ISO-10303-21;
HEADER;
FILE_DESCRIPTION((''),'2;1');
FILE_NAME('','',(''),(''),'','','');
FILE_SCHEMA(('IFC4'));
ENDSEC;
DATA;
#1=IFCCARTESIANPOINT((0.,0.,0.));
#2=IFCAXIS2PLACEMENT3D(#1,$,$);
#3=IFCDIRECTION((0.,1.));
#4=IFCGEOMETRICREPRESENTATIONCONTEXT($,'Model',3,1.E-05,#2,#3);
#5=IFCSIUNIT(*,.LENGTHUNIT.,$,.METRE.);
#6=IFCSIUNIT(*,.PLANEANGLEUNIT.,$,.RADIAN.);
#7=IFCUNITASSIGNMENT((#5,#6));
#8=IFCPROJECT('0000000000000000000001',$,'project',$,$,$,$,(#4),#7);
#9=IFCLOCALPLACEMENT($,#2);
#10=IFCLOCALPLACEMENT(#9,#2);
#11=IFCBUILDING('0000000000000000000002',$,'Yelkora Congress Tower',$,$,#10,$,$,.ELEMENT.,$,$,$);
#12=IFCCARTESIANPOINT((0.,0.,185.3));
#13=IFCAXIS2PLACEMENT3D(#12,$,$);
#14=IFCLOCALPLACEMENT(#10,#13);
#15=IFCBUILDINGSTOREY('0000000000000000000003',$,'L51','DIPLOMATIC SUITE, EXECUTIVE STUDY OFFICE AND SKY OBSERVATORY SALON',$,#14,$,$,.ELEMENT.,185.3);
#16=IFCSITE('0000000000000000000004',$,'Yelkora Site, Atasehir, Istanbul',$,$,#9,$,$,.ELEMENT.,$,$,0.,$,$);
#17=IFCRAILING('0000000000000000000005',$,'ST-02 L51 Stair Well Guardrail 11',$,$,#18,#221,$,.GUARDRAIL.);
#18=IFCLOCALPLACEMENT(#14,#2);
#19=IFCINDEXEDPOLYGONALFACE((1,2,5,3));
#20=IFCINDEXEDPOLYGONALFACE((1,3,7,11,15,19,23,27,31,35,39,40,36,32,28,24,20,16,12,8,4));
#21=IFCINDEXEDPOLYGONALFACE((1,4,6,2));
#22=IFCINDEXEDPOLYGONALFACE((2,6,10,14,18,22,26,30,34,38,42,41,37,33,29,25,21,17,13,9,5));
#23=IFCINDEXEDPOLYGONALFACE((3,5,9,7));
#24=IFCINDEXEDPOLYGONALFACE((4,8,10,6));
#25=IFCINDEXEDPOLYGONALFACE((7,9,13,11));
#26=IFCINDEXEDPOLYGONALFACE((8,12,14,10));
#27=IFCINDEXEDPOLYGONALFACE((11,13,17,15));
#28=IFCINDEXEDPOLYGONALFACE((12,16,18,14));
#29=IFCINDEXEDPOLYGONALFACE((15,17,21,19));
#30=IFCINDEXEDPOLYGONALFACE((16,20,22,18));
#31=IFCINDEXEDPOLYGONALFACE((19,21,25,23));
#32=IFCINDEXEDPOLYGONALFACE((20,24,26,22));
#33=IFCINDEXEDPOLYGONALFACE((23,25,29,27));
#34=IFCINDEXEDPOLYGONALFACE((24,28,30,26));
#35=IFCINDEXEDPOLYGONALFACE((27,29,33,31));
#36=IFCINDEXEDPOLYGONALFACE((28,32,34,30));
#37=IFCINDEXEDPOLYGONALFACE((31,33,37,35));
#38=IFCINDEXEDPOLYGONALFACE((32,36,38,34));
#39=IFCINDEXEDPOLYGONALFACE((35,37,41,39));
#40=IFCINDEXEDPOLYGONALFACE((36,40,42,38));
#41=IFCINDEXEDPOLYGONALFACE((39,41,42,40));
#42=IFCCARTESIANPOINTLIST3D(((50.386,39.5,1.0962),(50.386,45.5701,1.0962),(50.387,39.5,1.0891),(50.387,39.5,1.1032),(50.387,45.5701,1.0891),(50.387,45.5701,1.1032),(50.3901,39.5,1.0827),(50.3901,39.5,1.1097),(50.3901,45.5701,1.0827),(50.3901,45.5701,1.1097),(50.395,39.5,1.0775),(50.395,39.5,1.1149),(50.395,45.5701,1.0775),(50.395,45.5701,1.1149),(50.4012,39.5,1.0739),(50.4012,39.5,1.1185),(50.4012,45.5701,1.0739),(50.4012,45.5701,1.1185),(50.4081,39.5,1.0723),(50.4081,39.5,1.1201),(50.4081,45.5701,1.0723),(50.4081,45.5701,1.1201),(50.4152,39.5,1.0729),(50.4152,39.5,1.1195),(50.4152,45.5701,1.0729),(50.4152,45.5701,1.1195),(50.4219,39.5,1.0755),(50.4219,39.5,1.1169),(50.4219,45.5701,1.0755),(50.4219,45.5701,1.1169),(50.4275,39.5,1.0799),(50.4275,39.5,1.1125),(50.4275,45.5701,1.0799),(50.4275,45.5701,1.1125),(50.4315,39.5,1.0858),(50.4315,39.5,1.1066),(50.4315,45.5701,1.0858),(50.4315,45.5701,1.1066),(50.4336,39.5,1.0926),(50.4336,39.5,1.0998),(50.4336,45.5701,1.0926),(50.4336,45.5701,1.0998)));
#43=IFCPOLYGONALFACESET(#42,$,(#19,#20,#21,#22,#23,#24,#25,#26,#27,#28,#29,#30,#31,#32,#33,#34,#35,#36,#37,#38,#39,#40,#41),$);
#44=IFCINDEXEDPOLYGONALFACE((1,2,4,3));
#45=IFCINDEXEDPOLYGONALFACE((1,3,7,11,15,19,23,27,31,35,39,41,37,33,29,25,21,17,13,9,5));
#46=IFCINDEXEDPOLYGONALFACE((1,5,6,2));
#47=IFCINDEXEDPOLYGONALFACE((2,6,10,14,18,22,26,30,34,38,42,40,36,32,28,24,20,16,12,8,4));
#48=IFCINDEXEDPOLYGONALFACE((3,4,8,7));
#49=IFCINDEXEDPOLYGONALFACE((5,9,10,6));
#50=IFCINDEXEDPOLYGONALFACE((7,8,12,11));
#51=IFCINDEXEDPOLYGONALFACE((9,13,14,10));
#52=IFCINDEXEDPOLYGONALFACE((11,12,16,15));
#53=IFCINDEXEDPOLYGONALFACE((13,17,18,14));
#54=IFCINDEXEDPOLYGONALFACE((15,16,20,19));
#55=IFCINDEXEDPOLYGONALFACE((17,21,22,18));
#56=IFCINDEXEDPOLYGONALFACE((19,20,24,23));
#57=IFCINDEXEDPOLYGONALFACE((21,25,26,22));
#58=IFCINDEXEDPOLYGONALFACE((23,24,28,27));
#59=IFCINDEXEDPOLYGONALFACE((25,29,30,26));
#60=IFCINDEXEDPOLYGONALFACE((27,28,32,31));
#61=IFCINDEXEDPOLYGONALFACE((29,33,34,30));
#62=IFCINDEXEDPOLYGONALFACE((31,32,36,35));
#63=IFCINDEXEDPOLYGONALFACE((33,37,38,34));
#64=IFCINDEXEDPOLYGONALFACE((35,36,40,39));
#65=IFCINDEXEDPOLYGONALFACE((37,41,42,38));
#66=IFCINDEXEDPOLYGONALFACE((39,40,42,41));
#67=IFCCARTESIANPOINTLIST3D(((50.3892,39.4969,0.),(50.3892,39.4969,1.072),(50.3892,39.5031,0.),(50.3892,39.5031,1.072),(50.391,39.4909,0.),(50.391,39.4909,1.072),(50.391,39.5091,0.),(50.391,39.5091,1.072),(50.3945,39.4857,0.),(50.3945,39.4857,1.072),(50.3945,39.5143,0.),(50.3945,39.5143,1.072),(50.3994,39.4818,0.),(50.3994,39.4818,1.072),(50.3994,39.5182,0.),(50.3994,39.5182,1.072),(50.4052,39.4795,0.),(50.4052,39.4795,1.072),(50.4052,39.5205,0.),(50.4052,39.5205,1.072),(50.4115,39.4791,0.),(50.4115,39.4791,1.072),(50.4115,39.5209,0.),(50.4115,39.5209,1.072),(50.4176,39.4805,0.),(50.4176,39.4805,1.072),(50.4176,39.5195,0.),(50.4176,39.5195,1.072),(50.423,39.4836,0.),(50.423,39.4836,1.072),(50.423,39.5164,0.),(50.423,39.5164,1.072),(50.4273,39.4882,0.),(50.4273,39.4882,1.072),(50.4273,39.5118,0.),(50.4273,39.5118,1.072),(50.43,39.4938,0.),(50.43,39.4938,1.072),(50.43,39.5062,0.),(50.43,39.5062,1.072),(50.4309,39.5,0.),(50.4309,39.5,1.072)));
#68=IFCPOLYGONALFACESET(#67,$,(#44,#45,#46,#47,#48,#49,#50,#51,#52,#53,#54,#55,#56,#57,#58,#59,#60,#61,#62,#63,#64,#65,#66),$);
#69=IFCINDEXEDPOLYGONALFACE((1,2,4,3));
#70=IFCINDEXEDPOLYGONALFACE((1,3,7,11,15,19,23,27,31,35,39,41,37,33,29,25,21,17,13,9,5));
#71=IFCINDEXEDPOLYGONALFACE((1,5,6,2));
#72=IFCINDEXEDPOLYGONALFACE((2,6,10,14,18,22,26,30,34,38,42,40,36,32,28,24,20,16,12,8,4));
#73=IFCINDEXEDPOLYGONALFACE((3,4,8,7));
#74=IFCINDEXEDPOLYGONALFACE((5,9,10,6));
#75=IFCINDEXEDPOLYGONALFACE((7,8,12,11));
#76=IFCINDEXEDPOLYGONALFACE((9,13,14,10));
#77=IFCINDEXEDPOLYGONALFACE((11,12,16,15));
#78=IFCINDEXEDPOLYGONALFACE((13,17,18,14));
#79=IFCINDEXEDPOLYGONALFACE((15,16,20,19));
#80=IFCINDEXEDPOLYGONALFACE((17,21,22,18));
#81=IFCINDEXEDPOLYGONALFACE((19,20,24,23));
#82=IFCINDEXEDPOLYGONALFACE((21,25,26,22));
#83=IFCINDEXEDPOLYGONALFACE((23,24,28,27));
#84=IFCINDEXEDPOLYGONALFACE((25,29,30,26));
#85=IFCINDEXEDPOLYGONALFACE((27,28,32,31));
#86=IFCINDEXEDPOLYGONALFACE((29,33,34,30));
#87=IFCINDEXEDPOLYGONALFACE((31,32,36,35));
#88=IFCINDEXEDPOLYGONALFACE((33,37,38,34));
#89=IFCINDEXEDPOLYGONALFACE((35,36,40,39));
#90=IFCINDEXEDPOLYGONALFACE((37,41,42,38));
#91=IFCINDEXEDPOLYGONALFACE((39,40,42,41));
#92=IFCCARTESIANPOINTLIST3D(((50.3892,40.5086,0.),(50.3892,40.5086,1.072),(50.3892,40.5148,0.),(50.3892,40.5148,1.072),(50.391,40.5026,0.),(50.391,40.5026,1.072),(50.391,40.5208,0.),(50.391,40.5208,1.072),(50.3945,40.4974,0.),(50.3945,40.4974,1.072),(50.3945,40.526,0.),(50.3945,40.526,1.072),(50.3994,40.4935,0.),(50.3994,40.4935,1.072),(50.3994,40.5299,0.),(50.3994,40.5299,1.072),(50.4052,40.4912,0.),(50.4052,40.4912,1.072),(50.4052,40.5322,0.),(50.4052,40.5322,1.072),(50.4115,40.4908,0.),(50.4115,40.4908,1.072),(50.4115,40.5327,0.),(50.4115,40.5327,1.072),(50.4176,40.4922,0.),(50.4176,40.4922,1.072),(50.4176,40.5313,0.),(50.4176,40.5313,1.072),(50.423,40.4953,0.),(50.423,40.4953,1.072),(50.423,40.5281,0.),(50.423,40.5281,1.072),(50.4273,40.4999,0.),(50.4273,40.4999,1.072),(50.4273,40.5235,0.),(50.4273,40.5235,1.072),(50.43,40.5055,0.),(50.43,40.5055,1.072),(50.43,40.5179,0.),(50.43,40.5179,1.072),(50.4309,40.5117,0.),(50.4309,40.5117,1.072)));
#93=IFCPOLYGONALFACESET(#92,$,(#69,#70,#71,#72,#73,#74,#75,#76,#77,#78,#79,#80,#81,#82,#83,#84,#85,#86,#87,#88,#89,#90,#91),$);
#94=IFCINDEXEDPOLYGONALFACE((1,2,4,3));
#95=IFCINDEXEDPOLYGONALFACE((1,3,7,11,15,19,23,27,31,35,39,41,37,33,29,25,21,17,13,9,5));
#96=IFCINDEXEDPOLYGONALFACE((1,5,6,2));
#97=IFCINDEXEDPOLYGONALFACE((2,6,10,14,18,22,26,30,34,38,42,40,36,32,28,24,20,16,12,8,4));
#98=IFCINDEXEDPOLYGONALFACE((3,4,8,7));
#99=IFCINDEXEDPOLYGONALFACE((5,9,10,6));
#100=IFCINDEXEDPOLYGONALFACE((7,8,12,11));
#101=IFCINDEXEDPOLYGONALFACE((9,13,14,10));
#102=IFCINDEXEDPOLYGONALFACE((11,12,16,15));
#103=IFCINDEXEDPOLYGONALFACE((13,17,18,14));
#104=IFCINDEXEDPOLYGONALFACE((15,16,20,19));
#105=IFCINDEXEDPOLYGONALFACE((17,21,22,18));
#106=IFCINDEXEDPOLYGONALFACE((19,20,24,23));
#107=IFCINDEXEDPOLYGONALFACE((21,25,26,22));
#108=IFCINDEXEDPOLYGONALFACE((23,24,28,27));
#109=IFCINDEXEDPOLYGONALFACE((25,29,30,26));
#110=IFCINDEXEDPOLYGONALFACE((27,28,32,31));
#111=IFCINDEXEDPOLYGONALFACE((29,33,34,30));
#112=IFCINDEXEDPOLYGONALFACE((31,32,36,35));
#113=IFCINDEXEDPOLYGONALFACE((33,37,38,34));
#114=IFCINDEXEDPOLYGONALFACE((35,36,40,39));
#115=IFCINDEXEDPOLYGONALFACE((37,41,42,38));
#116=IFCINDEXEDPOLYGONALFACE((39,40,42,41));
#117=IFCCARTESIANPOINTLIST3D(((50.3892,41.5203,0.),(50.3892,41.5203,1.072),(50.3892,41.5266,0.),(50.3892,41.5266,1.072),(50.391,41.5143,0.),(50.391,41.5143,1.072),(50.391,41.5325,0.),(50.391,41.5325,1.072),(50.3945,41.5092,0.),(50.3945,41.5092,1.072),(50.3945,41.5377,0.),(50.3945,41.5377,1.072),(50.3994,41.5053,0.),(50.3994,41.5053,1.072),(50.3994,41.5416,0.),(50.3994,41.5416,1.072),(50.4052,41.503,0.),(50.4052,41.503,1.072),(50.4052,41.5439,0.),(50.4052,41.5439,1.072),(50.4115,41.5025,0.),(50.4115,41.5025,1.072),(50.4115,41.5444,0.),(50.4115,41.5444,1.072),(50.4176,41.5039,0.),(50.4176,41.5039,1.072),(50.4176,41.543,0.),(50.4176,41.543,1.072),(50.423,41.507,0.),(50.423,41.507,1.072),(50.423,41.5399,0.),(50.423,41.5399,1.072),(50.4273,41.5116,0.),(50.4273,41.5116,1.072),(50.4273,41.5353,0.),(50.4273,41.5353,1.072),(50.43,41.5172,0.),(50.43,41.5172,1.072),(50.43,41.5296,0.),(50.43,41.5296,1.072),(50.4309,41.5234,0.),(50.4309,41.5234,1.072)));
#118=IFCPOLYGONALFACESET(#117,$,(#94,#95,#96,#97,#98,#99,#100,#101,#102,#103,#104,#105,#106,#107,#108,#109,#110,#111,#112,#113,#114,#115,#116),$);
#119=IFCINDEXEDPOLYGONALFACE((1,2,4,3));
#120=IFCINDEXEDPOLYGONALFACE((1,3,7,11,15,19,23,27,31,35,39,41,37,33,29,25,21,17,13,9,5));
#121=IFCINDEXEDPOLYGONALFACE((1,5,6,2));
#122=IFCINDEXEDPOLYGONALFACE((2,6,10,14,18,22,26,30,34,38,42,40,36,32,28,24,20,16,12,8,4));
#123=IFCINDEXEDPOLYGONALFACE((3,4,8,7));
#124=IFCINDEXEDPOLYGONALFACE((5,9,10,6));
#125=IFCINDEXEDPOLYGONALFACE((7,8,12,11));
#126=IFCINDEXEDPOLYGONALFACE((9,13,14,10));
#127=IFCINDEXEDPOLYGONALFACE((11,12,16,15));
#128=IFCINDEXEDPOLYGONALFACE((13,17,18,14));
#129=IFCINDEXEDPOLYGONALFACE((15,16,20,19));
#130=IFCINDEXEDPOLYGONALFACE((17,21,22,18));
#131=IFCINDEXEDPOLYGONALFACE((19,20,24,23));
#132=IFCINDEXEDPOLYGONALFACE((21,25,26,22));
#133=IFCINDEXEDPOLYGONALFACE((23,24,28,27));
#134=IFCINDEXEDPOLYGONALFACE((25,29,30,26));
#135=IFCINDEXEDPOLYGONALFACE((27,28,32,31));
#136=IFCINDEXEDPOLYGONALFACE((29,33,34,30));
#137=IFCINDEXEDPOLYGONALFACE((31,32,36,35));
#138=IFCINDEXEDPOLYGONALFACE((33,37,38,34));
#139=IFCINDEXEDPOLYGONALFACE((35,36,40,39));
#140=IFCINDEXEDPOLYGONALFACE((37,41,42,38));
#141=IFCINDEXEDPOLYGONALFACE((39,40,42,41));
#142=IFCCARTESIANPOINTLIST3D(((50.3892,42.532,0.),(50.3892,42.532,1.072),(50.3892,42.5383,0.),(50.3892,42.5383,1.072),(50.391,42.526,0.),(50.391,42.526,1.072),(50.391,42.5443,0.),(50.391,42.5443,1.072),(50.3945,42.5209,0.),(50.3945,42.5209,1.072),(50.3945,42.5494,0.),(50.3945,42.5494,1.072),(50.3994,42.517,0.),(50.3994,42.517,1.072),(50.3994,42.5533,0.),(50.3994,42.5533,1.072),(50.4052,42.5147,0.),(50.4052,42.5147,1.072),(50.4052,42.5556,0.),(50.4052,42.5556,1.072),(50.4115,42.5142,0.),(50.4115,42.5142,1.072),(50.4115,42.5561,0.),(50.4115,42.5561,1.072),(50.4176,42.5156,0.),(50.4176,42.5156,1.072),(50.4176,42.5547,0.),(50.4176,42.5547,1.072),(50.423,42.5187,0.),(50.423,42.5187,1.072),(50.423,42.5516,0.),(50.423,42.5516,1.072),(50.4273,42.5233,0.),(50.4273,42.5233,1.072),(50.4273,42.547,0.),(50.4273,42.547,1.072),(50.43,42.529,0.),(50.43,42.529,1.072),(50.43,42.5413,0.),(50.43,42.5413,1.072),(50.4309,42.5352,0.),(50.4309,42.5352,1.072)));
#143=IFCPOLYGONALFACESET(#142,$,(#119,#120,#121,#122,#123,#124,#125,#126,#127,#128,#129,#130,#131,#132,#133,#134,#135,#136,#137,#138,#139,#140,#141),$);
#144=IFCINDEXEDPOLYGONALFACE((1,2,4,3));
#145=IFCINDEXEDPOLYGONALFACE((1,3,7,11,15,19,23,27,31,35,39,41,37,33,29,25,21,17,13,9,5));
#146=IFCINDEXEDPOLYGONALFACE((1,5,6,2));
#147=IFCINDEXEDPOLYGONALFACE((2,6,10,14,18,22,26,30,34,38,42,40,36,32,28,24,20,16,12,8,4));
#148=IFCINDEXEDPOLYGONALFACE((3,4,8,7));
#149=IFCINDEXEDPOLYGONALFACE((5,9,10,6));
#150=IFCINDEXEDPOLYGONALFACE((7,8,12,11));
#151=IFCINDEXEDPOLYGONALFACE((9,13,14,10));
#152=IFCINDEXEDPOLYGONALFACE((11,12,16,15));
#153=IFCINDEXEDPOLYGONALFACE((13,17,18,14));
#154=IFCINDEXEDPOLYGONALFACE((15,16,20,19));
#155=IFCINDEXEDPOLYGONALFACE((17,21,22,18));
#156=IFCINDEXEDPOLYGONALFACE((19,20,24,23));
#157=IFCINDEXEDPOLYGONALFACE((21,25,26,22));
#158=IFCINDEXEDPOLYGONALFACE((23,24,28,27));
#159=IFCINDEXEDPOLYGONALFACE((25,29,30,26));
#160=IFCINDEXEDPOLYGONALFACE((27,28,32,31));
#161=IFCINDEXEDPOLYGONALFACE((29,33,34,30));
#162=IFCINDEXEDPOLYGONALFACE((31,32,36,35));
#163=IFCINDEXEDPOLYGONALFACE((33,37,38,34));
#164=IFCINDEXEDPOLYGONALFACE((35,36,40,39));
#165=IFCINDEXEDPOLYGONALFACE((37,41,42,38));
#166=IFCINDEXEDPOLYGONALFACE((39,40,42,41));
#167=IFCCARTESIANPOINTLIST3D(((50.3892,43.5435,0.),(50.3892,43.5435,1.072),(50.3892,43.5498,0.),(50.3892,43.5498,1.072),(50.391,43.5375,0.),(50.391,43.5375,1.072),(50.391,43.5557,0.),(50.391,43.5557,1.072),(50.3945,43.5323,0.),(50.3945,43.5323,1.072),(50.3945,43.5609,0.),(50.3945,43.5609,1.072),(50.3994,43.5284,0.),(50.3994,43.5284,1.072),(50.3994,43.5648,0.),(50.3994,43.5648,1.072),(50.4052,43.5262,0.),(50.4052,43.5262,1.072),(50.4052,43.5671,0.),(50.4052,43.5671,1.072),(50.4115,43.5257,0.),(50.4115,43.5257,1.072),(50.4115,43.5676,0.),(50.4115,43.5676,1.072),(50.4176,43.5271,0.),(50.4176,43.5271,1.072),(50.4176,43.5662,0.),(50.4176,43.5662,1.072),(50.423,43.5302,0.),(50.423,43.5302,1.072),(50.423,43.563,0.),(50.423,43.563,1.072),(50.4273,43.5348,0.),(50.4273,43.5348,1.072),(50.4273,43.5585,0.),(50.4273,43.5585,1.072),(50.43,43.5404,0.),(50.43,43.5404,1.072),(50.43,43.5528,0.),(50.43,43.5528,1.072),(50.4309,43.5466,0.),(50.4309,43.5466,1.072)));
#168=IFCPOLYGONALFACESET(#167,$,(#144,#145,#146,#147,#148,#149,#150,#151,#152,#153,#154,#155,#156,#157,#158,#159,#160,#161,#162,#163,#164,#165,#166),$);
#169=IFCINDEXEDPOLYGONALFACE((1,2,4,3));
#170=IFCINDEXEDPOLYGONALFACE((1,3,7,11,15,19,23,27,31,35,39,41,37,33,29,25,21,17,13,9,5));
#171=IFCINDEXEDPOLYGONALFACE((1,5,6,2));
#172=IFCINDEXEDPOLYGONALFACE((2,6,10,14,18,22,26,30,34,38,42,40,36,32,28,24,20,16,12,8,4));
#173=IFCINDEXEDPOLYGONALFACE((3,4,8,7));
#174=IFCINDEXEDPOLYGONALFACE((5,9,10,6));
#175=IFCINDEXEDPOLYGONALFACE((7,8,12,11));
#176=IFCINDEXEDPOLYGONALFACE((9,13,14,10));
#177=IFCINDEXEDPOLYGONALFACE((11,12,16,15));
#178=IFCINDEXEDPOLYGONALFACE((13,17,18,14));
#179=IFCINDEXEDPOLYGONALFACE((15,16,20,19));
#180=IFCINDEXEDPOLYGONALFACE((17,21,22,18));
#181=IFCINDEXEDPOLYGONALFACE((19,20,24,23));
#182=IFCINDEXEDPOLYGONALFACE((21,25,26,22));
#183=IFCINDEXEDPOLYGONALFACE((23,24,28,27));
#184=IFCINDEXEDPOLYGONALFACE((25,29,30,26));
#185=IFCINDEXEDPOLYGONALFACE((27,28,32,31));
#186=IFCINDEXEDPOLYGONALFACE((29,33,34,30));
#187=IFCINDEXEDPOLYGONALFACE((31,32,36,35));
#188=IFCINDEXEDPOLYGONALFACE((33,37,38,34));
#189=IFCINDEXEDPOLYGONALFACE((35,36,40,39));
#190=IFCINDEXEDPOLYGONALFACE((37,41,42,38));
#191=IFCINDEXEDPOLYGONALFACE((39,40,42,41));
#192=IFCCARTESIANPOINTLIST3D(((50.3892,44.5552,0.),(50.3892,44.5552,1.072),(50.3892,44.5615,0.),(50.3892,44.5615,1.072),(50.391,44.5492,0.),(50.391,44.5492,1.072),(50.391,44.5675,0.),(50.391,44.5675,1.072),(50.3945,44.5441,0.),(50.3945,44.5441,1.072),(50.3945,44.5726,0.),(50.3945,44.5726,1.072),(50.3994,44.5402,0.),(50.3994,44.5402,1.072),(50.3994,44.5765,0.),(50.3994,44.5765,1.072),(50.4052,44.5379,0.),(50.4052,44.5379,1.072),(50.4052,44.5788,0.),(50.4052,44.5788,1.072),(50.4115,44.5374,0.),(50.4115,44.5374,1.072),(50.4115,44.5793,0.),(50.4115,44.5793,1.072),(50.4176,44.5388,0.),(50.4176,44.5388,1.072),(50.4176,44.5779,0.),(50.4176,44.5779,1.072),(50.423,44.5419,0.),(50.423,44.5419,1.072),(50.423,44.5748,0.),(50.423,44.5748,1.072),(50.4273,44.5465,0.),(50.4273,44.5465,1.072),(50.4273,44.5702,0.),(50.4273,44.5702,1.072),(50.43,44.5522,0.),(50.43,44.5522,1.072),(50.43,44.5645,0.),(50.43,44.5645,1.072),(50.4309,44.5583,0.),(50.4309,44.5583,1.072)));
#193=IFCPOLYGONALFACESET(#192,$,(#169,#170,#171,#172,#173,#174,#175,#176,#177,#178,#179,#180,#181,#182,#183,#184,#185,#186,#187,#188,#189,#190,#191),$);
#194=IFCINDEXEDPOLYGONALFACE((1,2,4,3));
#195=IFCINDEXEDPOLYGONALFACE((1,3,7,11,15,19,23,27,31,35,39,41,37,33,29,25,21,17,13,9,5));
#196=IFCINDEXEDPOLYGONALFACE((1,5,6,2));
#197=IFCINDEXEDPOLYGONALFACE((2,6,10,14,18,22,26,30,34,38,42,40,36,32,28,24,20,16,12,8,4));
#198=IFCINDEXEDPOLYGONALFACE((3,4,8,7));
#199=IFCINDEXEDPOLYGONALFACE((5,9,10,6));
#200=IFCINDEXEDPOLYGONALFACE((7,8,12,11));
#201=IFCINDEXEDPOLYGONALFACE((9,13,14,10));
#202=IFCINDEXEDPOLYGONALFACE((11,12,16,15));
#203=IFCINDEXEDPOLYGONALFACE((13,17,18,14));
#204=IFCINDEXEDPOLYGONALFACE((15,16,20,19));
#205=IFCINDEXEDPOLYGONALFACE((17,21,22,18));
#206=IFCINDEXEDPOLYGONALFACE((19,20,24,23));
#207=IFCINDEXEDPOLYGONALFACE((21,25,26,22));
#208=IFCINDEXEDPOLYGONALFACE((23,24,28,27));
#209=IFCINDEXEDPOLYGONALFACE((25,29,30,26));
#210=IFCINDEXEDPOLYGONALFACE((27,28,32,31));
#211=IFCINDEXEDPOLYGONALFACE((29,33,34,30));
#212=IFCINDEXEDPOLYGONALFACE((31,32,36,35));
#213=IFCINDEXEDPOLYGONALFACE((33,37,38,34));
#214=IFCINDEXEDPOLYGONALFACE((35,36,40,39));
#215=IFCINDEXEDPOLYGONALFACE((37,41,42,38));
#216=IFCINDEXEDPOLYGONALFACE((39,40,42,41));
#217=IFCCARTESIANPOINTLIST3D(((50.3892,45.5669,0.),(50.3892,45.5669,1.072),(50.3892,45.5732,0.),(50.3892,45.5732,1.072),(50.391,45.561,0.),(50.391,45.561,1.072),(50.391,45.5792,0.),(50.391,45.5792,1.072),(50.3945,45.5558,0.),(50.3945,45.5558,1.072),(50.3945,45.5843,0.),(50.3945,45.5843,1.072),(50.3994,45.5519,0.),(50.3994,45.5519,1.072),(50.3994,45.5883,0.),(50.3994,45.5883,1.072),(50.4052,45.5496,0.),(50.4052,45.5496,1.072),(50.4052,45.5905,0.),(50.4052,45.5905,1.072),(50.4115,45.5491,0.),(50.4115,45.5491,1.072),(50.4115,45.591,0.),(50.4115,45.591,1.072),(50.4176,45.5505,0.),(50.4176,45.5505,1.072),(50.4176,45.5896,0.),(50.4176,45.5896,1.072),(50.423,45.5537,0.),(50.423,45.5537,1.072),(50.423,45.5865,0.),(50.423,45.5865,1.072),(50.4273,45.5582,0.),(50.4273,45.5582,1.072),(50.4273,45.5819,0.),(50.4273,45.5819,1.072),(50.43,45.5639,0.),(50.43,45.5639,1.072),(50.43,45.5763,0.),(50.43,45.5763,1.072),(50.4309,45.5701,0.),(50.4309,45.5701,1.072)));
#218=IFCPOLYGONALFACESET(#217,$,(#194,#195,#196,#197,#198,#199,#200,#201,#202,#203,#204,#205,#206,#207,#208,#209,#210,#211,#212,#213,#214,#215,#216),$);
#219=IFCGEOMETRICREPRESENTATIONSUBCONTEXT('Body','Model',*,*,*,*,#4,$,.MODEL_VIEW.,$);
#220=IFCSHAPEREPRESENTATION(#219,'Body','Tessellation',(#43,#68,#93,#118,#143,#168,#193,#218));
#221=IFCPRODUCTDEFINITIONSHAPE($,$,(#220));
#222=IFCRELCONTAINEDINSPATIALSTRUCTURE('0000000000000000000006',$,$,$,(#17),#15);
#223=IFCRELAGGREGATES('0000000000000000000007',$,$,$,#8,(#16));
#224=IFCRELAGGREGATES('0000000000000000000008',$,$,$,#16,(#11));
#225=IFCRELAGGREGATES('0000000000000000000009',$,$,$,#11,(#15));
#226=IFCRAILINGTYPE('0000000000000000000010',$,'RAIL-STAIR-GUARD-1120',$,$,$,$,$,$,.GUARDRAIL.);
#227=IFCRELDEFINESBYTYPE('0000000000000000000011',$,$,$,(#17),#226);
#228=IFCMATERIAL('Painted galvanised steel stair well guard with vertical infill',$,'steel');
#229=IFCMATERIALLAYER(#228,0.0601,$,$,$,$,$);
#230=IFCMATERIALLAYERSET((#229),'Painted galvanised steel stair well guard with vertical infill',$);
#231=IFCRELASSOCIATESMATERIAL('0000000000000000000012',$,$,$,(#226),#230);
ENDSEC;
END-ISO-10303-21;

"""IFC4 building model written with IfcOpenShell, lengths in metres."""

from ifc_helpers import new_model, si_unit, direction, frame, origin, origin_2d, place, context, subcontext, project, spatial, circle, extrude, material, layer, layer_set, type_object, element, save


model = new_model("IFC4")

# Units and contexts
model_context = context("Model", 3, precision=1e-05, world=origin(), true_north=direction((0.0, 1.0)))
body_context = subcontext(model_context, "Body", "Model", "MODEL_VIEW")
ifc_project = project(units=[si_unit("LENGTHUNIT", "METRE"), si_unit("PLANEANGLEUNIT", "RADIAN")], contexts=[model_context])

# Site, building, storey
site_placement = place(None, origin())
site = spatial("IfcSite", under=ifc_project, at=site_placement, Name="Yelkora Site, Atasehir, Istanbul", CompositionType="ELEMENT", RefElevation=0.0)
building_placement = place(site_placement, origin())
building = spatial("IfcBuilding", under=site, at=building_placement, Name="Yelkora Congress Tower", CompositionType="ELEMENT")
storey_placement = place(building_placement, frame((0.0, 0.0, 185.3)))
storey = spatial("IfcBuildingStorey", under=building, at=storey_placement, Name="L51", Description="DIPLOMATIC SUITE, EXECUTIVE STUDY OFFICE AND SKY OBSERVATORY SALON", CompositionType="ELEMENT", Elevation=185.3)

# Railing
ifc_material_1 = material(Name="Painted galvanised steel stair well guard with vertical infill", Category="steel")
ifc_layer_1 = layer(ifc_material_1, 0.0601)
ifc_layer_set_1 = layer_set([ifc_layer_1], Name="Painted galvanised steel stair well guard with vertical infill")
railing_type_1 = type_object("IfcRailingType", Name="RAIL-STAIR-GUARD-1120", PredefinedType="GUARDRAIL", material=ifc_layer_set_1)
railing_1_placement = place(storey_placement, frame((50.4099, 39.5, 0.0)))
element("IfcRailing", 1, at=railing_1_placement, inside=storey, type_object=railing_type_1, Name="ST-02 L51 Stair Well Guardrail 11", PredefinedType="GUARDRAIL", context=body_context, shape_type="SweptSolid", body=[
    extrude(circle(Radius=0.0239, at=origin_2d()), frame((0.0, 0.0, 1.0962), z_axis=(0.0, 1.0, 0.0), x_axis=(-1.0, 0.0, 0.0)), (0.0, 0.0, 1.0), 6.0701),
    extrude(circle(Radius=0.021, at=origin_2d()), origin(), (0.0, 0.0, 1.0), 1.072),
    extrude(circle(Radius=0.021, at=origin_2d()), frame((0.0, 1.0117, 0.0)), (0.0, 0.0, 1.0), 1.072),
    extrude(circle(Radius=0.021, at=origin_2d()), frame((0.0, 2.0234, 0.0)), (0.0, 0.0, 1.0), 1.072),
    extrude(circle(Radius=0.021, at=origin_2d()), frame((0.0, 3.0352, 0.0)), (0.0, 0.0, 1.0), 1.072),
    extrude(circle(Radius=0.021, at=origin_2d()), frame((0.0, 4.0466, 0.0)), (0.0, 0.0, 1.0), 1.072),
    extrude(circle(Radius=0.021, at=origin_2d()), frame((0.0, 5.0583, 0.0)), (0.0, 0.0, 1.0), 1.072),
    extrude(circle(Radius=0.021, at=origin_2d()), frame((0.0, 6.0701, 0.0)), (0.0, 0.0, 1.0), 1.072),
])

save(model, "model.ifc")
